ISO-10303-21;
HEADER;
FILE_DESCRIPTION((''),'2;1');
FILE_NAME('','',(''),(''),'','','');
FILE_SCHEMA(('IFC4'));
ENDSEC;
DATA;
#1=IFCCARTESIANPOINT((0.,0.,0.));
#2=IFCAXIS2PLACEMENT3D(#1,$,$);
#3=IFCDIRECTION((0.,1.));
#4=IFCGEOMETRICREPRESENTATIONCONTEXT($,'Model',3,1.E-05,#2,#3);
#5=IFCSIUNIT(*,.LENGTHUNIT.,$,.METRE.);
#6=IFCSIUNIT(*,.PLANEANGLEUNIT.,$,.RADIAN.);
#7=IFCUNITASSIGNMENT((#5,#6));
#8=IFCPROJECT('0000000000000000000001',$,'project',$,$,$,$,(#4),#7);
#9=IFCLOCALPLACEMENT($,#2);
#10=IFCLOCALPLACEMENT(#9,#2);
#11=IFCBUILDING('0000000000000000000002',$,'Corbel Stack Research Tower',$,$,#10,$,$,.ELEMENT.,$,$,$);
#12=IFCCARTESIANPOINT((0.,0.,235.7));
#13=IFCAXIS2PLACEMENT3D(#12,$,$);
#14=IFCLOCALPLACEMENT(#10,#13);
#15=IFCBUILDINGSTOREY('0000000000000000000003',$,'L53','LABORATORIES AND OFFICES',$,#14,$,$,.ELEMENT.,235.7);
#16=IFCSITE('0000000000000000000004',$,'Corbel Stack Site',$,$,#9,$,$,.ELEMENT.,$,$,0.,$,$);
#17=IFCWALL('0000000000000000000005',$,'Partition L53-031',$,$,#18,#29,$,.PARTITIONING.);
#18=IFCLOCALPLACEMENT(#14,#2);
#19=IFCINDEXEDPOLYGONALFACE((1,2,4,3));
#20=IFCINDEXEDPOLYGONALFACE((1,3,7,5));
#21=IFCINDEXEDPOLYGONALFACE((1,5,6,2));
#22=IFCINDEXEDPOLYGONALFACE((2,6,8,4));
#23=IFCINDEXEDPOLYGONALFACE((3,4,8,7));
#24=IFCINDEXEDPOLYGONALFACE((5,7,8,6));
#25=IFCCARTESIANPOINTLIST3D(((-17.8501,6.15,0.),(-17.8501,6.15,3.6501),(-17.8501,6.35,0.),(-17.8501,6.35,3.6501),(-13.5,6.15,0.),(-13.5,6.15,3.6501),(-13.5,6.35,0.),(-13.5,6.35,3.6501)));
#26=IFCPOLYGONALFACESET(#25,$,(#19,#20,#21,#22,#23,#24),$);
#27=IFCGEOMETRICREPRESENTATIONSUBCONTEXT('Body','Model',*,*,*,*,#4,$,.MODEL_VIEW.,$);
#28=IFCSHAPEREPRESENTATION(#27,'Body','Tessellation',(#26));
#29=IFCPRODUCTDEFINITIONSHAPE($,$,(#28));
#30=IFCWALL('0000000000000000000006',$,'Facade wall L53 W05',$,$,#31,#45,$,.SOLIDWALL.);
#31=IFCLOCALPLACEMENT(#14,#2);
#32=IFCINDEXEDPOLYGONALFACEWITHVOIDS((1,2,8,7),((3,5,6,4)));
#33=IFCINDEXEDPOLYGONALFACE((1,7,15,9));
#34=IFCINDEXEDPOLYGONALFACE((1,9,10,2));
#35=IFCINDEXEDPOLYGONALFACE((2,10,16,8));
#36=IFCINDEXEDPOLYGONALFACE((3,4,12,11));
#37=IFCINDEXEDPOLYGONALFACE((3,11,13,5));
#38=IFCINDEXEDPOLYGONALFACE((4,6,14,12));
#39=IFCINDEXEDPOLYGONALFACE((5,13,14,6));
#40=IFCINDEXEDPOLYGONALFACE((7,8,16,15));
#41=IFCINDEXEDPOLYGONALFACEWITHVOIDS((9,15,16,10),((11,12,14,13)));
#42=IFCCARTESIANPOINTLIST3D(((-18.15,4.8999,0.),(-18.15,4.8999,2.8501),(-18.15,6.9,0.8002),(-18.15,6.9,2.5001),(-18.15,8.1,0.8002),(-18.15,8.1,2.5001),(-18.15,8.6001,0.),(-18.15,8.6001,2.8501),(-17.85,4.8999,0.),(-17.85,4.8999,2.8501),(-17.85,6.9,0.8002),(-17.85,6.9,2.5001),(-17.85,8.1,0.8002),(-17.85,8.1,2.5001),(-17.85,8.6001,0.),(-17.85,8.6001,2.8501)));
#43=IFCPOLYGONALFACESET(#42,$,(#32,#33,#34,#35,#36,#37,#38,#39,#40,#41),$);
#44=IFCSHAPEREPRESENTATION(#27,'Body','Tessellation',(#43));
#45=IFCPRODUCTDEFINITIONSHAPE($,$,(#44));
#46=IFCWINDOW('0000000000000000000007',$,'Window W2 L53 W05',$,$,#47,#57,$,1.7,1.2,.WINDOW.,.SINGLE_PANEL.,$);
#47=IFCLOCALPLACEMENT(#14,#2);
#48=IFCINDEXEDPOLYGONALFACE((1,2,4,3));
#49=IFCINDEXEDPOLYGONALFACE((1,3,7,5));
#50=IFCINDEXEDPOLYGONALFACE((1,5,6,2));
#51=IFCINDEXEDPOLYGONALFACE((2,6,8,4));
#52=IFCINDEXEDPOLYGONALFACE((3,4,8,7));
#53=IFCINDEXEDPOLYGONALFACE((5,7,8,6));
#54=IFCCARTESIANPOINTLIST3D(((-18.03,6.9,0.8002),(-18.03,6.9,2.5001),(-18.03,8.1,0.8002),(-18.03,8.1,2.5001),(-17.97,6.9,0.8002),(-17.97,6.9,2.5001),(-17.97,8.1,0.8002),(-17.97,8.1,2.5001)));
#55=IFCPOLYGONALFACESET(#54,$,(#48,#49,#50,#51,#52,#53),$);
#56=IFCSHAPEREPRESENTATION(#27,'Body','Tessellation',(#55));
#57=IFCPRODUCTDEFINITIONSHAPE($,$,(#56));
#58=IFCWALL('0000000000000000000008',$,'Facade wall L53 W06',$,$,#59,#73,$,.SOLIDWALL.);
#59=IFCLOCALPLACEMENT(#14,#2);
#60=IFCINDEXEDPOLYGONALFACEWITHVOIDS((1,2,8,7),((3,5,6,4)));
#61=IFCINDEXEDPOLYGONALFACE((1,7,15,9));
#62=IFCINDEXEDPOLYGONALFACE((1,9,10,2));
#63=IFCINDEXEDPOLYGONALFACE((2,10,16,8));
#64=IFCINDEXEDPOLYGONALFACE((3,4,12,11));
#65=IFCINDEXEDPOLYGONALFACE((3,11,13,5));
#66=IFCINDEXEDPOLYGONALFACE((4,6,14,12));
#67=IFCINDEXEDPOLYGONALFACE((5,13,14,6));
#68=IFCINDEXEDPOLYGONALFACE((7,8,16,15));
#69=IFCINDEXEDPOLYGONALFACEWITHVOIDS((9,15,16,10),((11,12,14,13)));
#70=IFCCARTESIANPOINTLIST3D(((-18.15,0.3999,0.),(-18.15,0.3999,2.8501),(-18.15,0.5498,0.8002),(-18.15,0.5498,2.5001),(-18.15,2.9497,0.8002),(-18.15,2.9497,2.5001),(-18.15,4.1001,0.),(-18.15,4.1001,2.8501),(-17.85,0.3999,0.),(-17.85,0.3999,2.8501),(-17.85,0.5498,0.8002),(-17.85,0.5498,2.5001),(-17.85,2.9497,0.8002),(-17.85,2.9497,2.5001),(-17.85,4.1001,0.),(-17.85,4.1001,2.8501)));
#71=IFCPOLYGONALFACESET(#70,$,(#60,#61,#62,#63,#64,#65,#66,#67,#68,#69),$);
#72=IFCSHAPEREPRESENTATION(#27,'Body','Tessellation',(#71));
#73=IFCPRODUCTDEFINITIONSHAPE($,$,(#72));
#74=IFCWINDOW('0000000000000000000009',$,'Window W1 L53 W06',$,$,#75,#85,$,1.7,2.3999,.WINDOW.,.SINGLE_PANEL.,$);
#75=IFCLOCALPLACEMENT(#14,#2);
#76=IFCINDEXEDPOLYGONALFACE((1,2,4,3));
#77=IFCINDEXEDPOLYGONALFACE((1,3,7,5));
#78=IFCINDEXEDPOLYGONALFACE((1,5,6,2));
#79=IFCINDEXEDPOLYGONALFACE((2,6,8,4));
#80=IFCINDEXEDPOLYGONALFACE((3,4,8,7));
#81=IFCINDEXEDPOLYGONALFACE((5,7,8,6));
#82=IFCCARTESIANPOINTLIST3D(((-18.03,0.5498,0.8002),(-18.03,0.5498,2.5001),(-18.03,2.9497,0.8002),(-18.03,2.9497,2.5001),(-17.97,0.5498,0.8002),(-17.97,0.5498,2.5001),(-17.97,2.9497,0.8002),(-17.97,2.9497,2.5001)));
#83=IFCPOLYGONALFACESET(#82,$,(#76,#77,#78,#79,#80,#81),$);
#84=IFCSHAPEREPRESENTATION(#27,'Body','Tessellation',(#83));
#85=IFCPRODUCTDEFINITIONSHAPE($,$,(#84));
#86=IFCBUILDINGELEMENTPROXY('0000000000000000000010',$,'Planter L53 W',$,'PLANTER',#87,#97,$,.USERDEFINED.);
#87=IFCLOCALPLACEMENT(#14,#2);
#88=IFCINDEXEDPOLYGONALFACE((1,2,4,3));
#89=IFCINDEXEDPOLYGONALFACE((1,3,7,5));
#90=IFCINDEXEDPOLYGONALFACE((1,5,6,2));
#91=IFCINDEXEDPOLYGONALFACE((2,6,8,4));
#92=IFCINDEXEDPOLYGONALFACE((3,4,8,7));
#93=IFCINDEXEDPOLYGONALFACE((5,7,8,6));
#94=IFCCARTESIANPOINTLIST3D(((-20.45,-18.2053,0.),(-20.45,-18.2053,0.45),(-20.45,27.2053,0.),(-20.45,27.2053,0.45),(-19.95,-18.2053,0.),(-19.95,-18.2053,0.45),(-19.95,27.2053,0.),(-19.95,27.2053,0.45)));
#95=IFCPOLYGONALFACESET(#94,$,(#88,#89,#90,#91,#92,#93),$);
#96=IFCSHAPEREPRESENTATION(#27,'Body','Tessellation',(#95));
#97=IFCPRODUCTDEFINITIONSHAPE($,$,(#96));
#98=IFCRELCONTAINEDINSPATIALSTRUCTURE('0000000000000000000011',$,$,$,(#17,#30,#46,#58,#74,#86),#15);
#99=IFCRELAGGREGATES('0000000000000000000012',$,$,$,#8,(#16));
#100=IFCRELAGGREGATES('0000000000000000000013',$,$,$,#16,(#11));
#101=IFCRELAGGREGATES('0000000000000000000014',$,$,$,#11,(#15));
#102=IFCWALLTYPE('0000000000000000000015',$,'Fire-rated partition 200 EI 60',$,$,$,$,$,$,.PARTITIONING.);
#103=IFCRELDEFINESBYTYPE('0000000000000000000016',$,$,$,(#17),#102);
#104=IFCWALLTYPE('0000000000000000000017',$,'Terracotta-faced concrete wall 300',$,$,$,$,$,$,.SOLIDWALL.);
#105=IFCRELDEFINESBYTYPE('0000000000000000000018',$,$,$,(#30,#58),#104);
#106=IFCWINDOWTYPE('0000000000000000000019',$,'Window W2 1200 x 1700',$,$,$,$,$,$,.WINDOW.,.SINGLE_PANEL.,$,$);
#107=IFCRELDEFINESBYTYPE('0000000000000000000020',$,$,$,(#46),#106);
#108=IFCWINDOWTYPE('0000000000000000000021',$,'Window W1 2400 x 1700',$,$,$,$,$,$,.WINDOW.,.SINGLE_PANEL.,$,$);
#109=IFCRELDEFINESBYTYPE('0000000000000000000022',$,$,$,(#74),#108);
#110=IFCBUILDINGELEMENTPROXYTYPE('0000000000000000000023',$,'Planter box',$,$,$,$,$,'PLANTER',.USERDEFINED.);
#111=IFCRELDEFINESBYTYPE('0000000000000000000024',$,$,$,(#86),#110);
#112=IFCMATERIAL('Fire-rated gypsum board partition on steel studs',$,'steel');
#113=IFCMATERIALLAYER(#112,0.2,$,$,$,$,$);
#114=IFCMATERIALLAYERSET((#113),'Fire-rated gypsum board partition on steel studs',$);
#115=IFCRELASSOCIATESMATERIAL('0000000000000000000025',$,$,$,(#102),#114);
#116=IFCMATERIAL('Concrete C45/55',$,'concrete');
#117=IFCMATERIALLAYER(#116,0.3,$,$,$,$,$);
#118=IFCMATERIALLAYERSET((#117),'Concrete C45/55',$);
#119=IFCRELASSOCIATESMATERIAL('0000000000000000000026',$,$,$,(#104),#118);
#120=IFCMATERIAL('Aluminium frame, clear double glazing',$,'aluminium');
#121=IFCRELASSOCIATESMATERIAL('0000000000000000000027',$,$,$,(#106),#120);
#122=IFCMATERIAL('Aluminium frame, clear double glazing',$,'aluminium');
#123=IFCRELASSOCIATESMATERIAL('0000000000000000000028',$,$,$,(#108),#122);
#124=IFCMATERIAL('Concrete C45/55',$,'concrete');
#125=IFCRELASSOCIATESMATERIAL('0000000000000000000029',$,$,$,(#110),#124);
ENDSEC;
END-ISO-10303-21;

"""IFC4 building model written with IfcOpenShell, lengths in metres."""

from ifc_helpers import new_model, si_unit, direction, frame, frame_2d, origin, origin_2d, place, context, subcontext, project, spatial, rectangle, extrude, material, layer, layer_set, type_object, element, fill, save


model = new_model("IFC4")

# Units and contexts
model_context = context("Model", 3, precision=1e-05, world=origin(), true_north=direction((0.0, 1.0)))
body_context = subcontext(model_context, "Body", "Model", "MODEL_VIEW")
ifc_project = project(units=[si_unit("LENGTHUNIT", "METRE"), si_unit("PLANEANGLEUNIT", "RADIAN")], contexts=[model_context])

# Site, building, storey
site_placement = place(None, origin())
site = spatial("IfcSite", under=ifc_project, at=site_placement, Name="Corbel Stack Site", CompositionType="ELEMENT", RefElevation=0.0)
building_placement = place(site_placement, origin())
building = spatial("IfcBuilding", under=site, at=building_placement, Name="Corbel Stack Research Tower", CompositionType="ELEMENT")
storey_placement = place(building_placement, frame((0.0, 0.0, 235.7)))
storey = spatial("IfcBuildingStorey", under=building, at=storey_placement, Name="L53", Description="LABORATORIES AND OFFICES", CompositionType="ELEMENT", Elevation=235.7)

# Shared definitions
ifc_material_1 = material(Name="Fire-rated gypsum board partition on steel studs", Category="steel")
ifc_layer_1 = layer(ifc_material_1, 0.2)
ifc_layer_set_1 = layer_set([ifc_layer_1], Name="Fire-rated gypsum board partition on steel studs")
wall_type_1 = type_object("IfcWallType", Name="Fire-rated partition 200 EI 60", PredefinedType="PARTITIONING", material=ifc_layer_set_1)

# Wall
for number, where, z_axis, x_axis, name in (
    (1, (-17.8501, 6.25, 0.0), (0.0, 0.0, 1.0), (1.0, 0.0, 0.0), "Partition L53-031"),
):
    element("IfcWall", number, at=place(storey_placement, frame(where, z_axis=z_axis, x_axis=x_axis)), inside=storey, type_object=wall_type_1, Name=name, PredefinedType="PARTITIONING", context=body_context, shape_type="SweptSolid", body=[
        extrude(rectangle(XDim=4.3501, YDim=0.2, at=frame_2d((2.175, 0.0))), origin(), (0.0, 0.0, 1.0), 3.6501),
    ])

# Walls, openings, windows
ifc_material_2 = material(Name="Concrete C45/55", Category="concrete")
ifc_layer_2 = layer(ifc_material_2, 0.3)
ifc_layer_set_2 = layer_set([ifc_layer_2], Name="Concrete C45/55")
wall_type_2 = type_object("IfcWallType", Name="Terracotta-faced concrete wall 300", PredefinedType="SOLIDWALL", material=ifc_layer_set_2)
wall_1_placement = place(storey_placement, frame((-18.0, 4.8999, 0.0), z_axis=(0.0, 0.0, 1.0), x_axis=(0.0, 1.0, 0.0)))
wall_1 = element("IfcWall", 2, at=wall_1_placement, inside=storey, type_object=wall_type_2, Name="Facade wall L53 W05", PredefinedType="SOLIDWALL", context=body_context, shape_type="SweptSolid", body=[
    extrude(rectangle(XDim=3.7002, YDim=0.3, at=frame_2d((1.8501, 0.0))), origin(), (0.0, 0.0, 1.0), 2.8501),
])
opening_1_placement = place(wall_1_placement, frame((2.0, 0.0, 0.8)))
opening_1 = element("IfcOpeningElement", 3, at=opening_1_placement, cuts=wall_1, PredefinedType="OPENING", context=body_context, shape_type="SweptSolid", body=[
    extrude(rectangle(XDim=1.2, YDim=1.7, at=frame_2d((0.6001, 0.8501))), frame((0.0, 0.1599, 0.0), z_axis=(0.0, -1.0, 0.0), x_axis=(1.0, 0.0, 0.0)), (0.0, 0.0, 1.0), 0.3201),
])
ifc_material_3 = material(Name="Aluminium frame, clear double glazing", Category="aluminium")
window_type_1 = type_object("IfcWindowType", Name="Window W2 1200 x 1700", PartitioningType="SINGLE_PANEL", PredefinedType="WINDOW", material=ifc_material_3)
window_1_placement = place(opening_1_placement, origin())
window_1 = element("IfcWindow", 4, at=window_1_placement, inside=storey, type_object=window_type_1, Name="Window W2 L53 W05", OverallHeight=1.7, OverallWidth=1.2, PartitioningType="SINGLE_PANEL", PredefinedType="WINDOW", context=body_context, shape_type="SweptSolid", body=[
    extrude(rectangle(XDim=1.2, YDim=1.7, at=frame_2d((0.6001, 0.8501))), frame((0.0, 0.03, 0.0), z_axis=(0.0, -1.0, 0.0), x_axis=(1.0, 0.0, 0.0)), (0.0, 0.0, 1.0), 0.0601),
])
fill(opening_1, window_1)
wall_2_placement = place(storey_placement, frame((-18.0, 0.3999, 0.0), z_axis=(0.0, 0.0, 1.0), x_axis=(0.0, 1.0, 0.0)))
wall_2 = element("IfcWall", 5, at=wall_2_placement, inside=storey, type_object=wall_type_2, Name="Facade wall L53 W06", PredefinedType="SOLIDWALL", context=body_context, shape_type="SweptSolid", body=[
    extrude(rectangle(XDim=3.7002, YDim=0.3, at=frame_2d((1.8501, 0.0))), origin(), (0.0, 0.0, 1.0), 2.8501),
])
opening_2_placement = place(wall_2_placement, frame((0.1499, 0.0, 0.8)))
opening_2 = element("IfcOpeningElement", 6, at=opening_2_placement, cuts=wall_2, PredefinedType="OPENING", context=body_context, shape_type="SweptSolid", body=[
    extrude(rectangle(XDim=2.3999, YDim=1.7, at=frame_2d((1.2, 0.8501))), frame((0.0, 0.1599, 0.0), z_axis=(0.0, -1.0, 0.0), x_axis=(1.0, 0.0, 0.0)), (0.0, 0.0, 1.0), 0.3201),
])
ifc_material_4 = material(Name="Aluminium frame, clear double glazing", Category="aluminium")
window_type_2 = type_object("IfcWindowType", Name="Window W1 2400 x 1700", PartitioningType="SINGLE_PANEL", PredefinedType="WINDOW", material=ifc_material_4)
window_2_placement = place(opening_2_placement, origin())
window_2 = element("IfcWindow", 7, at=window_2_placement, inside=storey, type_object=window_type_2, Name="Window W1 L53 W06", OverallHeight=1.7, OverallWidth=2.3999, PartitioningType="SINGLE_PANEL", PredefinedType="WINDOW", context=body_context, shape_type="SweptSolid", body=[
    extrude(rectangle(XDim=2.3999, YDim=1.7, at=frame_2d((1.2, 0.8501))), frame((0.0, 0.03, 0.0), z_axis=(0.0, -1.0, 0.0), x_axis=(1.0, 0.0, 0.0)), (0.0, 0.0, 1.0), 0.0601),
])
fill(opening_2, window_2)

# Building element proxy
ifc_material_5 = material(Name="Concrete C45/55", Category="concrete")
building_element_proxy_type = type_object("IfcBuildingElementProxyType", Name="Planter box", ElementType="PLANTER", PredefinedType="USERDEFINED", material=ifc_material_5)
proxy_placement = place(storey_placement, frame((-20.2, 4.5, 0.0), z_axis=(0.0, 0.0, 1.0), x_axis=(0.0, -1.0, 0.0)))
element("IfcBuildingElementProxy", 8, at=proxy_placement, inside=storey, type_object=building_element_proxy_type, Name="Planter L53 W", ObjectType="PLANTER", PredefinedType="USERDEFINED", context=body_context, shape_type="SweptSolid", body=[
    extrude(rectangle(XDim=45.4106, YDim=0.5, at=origin_2d()), origin(), (0.0, 0.0, 1.0), 0.45),
])

save(model, "model.ifc")
